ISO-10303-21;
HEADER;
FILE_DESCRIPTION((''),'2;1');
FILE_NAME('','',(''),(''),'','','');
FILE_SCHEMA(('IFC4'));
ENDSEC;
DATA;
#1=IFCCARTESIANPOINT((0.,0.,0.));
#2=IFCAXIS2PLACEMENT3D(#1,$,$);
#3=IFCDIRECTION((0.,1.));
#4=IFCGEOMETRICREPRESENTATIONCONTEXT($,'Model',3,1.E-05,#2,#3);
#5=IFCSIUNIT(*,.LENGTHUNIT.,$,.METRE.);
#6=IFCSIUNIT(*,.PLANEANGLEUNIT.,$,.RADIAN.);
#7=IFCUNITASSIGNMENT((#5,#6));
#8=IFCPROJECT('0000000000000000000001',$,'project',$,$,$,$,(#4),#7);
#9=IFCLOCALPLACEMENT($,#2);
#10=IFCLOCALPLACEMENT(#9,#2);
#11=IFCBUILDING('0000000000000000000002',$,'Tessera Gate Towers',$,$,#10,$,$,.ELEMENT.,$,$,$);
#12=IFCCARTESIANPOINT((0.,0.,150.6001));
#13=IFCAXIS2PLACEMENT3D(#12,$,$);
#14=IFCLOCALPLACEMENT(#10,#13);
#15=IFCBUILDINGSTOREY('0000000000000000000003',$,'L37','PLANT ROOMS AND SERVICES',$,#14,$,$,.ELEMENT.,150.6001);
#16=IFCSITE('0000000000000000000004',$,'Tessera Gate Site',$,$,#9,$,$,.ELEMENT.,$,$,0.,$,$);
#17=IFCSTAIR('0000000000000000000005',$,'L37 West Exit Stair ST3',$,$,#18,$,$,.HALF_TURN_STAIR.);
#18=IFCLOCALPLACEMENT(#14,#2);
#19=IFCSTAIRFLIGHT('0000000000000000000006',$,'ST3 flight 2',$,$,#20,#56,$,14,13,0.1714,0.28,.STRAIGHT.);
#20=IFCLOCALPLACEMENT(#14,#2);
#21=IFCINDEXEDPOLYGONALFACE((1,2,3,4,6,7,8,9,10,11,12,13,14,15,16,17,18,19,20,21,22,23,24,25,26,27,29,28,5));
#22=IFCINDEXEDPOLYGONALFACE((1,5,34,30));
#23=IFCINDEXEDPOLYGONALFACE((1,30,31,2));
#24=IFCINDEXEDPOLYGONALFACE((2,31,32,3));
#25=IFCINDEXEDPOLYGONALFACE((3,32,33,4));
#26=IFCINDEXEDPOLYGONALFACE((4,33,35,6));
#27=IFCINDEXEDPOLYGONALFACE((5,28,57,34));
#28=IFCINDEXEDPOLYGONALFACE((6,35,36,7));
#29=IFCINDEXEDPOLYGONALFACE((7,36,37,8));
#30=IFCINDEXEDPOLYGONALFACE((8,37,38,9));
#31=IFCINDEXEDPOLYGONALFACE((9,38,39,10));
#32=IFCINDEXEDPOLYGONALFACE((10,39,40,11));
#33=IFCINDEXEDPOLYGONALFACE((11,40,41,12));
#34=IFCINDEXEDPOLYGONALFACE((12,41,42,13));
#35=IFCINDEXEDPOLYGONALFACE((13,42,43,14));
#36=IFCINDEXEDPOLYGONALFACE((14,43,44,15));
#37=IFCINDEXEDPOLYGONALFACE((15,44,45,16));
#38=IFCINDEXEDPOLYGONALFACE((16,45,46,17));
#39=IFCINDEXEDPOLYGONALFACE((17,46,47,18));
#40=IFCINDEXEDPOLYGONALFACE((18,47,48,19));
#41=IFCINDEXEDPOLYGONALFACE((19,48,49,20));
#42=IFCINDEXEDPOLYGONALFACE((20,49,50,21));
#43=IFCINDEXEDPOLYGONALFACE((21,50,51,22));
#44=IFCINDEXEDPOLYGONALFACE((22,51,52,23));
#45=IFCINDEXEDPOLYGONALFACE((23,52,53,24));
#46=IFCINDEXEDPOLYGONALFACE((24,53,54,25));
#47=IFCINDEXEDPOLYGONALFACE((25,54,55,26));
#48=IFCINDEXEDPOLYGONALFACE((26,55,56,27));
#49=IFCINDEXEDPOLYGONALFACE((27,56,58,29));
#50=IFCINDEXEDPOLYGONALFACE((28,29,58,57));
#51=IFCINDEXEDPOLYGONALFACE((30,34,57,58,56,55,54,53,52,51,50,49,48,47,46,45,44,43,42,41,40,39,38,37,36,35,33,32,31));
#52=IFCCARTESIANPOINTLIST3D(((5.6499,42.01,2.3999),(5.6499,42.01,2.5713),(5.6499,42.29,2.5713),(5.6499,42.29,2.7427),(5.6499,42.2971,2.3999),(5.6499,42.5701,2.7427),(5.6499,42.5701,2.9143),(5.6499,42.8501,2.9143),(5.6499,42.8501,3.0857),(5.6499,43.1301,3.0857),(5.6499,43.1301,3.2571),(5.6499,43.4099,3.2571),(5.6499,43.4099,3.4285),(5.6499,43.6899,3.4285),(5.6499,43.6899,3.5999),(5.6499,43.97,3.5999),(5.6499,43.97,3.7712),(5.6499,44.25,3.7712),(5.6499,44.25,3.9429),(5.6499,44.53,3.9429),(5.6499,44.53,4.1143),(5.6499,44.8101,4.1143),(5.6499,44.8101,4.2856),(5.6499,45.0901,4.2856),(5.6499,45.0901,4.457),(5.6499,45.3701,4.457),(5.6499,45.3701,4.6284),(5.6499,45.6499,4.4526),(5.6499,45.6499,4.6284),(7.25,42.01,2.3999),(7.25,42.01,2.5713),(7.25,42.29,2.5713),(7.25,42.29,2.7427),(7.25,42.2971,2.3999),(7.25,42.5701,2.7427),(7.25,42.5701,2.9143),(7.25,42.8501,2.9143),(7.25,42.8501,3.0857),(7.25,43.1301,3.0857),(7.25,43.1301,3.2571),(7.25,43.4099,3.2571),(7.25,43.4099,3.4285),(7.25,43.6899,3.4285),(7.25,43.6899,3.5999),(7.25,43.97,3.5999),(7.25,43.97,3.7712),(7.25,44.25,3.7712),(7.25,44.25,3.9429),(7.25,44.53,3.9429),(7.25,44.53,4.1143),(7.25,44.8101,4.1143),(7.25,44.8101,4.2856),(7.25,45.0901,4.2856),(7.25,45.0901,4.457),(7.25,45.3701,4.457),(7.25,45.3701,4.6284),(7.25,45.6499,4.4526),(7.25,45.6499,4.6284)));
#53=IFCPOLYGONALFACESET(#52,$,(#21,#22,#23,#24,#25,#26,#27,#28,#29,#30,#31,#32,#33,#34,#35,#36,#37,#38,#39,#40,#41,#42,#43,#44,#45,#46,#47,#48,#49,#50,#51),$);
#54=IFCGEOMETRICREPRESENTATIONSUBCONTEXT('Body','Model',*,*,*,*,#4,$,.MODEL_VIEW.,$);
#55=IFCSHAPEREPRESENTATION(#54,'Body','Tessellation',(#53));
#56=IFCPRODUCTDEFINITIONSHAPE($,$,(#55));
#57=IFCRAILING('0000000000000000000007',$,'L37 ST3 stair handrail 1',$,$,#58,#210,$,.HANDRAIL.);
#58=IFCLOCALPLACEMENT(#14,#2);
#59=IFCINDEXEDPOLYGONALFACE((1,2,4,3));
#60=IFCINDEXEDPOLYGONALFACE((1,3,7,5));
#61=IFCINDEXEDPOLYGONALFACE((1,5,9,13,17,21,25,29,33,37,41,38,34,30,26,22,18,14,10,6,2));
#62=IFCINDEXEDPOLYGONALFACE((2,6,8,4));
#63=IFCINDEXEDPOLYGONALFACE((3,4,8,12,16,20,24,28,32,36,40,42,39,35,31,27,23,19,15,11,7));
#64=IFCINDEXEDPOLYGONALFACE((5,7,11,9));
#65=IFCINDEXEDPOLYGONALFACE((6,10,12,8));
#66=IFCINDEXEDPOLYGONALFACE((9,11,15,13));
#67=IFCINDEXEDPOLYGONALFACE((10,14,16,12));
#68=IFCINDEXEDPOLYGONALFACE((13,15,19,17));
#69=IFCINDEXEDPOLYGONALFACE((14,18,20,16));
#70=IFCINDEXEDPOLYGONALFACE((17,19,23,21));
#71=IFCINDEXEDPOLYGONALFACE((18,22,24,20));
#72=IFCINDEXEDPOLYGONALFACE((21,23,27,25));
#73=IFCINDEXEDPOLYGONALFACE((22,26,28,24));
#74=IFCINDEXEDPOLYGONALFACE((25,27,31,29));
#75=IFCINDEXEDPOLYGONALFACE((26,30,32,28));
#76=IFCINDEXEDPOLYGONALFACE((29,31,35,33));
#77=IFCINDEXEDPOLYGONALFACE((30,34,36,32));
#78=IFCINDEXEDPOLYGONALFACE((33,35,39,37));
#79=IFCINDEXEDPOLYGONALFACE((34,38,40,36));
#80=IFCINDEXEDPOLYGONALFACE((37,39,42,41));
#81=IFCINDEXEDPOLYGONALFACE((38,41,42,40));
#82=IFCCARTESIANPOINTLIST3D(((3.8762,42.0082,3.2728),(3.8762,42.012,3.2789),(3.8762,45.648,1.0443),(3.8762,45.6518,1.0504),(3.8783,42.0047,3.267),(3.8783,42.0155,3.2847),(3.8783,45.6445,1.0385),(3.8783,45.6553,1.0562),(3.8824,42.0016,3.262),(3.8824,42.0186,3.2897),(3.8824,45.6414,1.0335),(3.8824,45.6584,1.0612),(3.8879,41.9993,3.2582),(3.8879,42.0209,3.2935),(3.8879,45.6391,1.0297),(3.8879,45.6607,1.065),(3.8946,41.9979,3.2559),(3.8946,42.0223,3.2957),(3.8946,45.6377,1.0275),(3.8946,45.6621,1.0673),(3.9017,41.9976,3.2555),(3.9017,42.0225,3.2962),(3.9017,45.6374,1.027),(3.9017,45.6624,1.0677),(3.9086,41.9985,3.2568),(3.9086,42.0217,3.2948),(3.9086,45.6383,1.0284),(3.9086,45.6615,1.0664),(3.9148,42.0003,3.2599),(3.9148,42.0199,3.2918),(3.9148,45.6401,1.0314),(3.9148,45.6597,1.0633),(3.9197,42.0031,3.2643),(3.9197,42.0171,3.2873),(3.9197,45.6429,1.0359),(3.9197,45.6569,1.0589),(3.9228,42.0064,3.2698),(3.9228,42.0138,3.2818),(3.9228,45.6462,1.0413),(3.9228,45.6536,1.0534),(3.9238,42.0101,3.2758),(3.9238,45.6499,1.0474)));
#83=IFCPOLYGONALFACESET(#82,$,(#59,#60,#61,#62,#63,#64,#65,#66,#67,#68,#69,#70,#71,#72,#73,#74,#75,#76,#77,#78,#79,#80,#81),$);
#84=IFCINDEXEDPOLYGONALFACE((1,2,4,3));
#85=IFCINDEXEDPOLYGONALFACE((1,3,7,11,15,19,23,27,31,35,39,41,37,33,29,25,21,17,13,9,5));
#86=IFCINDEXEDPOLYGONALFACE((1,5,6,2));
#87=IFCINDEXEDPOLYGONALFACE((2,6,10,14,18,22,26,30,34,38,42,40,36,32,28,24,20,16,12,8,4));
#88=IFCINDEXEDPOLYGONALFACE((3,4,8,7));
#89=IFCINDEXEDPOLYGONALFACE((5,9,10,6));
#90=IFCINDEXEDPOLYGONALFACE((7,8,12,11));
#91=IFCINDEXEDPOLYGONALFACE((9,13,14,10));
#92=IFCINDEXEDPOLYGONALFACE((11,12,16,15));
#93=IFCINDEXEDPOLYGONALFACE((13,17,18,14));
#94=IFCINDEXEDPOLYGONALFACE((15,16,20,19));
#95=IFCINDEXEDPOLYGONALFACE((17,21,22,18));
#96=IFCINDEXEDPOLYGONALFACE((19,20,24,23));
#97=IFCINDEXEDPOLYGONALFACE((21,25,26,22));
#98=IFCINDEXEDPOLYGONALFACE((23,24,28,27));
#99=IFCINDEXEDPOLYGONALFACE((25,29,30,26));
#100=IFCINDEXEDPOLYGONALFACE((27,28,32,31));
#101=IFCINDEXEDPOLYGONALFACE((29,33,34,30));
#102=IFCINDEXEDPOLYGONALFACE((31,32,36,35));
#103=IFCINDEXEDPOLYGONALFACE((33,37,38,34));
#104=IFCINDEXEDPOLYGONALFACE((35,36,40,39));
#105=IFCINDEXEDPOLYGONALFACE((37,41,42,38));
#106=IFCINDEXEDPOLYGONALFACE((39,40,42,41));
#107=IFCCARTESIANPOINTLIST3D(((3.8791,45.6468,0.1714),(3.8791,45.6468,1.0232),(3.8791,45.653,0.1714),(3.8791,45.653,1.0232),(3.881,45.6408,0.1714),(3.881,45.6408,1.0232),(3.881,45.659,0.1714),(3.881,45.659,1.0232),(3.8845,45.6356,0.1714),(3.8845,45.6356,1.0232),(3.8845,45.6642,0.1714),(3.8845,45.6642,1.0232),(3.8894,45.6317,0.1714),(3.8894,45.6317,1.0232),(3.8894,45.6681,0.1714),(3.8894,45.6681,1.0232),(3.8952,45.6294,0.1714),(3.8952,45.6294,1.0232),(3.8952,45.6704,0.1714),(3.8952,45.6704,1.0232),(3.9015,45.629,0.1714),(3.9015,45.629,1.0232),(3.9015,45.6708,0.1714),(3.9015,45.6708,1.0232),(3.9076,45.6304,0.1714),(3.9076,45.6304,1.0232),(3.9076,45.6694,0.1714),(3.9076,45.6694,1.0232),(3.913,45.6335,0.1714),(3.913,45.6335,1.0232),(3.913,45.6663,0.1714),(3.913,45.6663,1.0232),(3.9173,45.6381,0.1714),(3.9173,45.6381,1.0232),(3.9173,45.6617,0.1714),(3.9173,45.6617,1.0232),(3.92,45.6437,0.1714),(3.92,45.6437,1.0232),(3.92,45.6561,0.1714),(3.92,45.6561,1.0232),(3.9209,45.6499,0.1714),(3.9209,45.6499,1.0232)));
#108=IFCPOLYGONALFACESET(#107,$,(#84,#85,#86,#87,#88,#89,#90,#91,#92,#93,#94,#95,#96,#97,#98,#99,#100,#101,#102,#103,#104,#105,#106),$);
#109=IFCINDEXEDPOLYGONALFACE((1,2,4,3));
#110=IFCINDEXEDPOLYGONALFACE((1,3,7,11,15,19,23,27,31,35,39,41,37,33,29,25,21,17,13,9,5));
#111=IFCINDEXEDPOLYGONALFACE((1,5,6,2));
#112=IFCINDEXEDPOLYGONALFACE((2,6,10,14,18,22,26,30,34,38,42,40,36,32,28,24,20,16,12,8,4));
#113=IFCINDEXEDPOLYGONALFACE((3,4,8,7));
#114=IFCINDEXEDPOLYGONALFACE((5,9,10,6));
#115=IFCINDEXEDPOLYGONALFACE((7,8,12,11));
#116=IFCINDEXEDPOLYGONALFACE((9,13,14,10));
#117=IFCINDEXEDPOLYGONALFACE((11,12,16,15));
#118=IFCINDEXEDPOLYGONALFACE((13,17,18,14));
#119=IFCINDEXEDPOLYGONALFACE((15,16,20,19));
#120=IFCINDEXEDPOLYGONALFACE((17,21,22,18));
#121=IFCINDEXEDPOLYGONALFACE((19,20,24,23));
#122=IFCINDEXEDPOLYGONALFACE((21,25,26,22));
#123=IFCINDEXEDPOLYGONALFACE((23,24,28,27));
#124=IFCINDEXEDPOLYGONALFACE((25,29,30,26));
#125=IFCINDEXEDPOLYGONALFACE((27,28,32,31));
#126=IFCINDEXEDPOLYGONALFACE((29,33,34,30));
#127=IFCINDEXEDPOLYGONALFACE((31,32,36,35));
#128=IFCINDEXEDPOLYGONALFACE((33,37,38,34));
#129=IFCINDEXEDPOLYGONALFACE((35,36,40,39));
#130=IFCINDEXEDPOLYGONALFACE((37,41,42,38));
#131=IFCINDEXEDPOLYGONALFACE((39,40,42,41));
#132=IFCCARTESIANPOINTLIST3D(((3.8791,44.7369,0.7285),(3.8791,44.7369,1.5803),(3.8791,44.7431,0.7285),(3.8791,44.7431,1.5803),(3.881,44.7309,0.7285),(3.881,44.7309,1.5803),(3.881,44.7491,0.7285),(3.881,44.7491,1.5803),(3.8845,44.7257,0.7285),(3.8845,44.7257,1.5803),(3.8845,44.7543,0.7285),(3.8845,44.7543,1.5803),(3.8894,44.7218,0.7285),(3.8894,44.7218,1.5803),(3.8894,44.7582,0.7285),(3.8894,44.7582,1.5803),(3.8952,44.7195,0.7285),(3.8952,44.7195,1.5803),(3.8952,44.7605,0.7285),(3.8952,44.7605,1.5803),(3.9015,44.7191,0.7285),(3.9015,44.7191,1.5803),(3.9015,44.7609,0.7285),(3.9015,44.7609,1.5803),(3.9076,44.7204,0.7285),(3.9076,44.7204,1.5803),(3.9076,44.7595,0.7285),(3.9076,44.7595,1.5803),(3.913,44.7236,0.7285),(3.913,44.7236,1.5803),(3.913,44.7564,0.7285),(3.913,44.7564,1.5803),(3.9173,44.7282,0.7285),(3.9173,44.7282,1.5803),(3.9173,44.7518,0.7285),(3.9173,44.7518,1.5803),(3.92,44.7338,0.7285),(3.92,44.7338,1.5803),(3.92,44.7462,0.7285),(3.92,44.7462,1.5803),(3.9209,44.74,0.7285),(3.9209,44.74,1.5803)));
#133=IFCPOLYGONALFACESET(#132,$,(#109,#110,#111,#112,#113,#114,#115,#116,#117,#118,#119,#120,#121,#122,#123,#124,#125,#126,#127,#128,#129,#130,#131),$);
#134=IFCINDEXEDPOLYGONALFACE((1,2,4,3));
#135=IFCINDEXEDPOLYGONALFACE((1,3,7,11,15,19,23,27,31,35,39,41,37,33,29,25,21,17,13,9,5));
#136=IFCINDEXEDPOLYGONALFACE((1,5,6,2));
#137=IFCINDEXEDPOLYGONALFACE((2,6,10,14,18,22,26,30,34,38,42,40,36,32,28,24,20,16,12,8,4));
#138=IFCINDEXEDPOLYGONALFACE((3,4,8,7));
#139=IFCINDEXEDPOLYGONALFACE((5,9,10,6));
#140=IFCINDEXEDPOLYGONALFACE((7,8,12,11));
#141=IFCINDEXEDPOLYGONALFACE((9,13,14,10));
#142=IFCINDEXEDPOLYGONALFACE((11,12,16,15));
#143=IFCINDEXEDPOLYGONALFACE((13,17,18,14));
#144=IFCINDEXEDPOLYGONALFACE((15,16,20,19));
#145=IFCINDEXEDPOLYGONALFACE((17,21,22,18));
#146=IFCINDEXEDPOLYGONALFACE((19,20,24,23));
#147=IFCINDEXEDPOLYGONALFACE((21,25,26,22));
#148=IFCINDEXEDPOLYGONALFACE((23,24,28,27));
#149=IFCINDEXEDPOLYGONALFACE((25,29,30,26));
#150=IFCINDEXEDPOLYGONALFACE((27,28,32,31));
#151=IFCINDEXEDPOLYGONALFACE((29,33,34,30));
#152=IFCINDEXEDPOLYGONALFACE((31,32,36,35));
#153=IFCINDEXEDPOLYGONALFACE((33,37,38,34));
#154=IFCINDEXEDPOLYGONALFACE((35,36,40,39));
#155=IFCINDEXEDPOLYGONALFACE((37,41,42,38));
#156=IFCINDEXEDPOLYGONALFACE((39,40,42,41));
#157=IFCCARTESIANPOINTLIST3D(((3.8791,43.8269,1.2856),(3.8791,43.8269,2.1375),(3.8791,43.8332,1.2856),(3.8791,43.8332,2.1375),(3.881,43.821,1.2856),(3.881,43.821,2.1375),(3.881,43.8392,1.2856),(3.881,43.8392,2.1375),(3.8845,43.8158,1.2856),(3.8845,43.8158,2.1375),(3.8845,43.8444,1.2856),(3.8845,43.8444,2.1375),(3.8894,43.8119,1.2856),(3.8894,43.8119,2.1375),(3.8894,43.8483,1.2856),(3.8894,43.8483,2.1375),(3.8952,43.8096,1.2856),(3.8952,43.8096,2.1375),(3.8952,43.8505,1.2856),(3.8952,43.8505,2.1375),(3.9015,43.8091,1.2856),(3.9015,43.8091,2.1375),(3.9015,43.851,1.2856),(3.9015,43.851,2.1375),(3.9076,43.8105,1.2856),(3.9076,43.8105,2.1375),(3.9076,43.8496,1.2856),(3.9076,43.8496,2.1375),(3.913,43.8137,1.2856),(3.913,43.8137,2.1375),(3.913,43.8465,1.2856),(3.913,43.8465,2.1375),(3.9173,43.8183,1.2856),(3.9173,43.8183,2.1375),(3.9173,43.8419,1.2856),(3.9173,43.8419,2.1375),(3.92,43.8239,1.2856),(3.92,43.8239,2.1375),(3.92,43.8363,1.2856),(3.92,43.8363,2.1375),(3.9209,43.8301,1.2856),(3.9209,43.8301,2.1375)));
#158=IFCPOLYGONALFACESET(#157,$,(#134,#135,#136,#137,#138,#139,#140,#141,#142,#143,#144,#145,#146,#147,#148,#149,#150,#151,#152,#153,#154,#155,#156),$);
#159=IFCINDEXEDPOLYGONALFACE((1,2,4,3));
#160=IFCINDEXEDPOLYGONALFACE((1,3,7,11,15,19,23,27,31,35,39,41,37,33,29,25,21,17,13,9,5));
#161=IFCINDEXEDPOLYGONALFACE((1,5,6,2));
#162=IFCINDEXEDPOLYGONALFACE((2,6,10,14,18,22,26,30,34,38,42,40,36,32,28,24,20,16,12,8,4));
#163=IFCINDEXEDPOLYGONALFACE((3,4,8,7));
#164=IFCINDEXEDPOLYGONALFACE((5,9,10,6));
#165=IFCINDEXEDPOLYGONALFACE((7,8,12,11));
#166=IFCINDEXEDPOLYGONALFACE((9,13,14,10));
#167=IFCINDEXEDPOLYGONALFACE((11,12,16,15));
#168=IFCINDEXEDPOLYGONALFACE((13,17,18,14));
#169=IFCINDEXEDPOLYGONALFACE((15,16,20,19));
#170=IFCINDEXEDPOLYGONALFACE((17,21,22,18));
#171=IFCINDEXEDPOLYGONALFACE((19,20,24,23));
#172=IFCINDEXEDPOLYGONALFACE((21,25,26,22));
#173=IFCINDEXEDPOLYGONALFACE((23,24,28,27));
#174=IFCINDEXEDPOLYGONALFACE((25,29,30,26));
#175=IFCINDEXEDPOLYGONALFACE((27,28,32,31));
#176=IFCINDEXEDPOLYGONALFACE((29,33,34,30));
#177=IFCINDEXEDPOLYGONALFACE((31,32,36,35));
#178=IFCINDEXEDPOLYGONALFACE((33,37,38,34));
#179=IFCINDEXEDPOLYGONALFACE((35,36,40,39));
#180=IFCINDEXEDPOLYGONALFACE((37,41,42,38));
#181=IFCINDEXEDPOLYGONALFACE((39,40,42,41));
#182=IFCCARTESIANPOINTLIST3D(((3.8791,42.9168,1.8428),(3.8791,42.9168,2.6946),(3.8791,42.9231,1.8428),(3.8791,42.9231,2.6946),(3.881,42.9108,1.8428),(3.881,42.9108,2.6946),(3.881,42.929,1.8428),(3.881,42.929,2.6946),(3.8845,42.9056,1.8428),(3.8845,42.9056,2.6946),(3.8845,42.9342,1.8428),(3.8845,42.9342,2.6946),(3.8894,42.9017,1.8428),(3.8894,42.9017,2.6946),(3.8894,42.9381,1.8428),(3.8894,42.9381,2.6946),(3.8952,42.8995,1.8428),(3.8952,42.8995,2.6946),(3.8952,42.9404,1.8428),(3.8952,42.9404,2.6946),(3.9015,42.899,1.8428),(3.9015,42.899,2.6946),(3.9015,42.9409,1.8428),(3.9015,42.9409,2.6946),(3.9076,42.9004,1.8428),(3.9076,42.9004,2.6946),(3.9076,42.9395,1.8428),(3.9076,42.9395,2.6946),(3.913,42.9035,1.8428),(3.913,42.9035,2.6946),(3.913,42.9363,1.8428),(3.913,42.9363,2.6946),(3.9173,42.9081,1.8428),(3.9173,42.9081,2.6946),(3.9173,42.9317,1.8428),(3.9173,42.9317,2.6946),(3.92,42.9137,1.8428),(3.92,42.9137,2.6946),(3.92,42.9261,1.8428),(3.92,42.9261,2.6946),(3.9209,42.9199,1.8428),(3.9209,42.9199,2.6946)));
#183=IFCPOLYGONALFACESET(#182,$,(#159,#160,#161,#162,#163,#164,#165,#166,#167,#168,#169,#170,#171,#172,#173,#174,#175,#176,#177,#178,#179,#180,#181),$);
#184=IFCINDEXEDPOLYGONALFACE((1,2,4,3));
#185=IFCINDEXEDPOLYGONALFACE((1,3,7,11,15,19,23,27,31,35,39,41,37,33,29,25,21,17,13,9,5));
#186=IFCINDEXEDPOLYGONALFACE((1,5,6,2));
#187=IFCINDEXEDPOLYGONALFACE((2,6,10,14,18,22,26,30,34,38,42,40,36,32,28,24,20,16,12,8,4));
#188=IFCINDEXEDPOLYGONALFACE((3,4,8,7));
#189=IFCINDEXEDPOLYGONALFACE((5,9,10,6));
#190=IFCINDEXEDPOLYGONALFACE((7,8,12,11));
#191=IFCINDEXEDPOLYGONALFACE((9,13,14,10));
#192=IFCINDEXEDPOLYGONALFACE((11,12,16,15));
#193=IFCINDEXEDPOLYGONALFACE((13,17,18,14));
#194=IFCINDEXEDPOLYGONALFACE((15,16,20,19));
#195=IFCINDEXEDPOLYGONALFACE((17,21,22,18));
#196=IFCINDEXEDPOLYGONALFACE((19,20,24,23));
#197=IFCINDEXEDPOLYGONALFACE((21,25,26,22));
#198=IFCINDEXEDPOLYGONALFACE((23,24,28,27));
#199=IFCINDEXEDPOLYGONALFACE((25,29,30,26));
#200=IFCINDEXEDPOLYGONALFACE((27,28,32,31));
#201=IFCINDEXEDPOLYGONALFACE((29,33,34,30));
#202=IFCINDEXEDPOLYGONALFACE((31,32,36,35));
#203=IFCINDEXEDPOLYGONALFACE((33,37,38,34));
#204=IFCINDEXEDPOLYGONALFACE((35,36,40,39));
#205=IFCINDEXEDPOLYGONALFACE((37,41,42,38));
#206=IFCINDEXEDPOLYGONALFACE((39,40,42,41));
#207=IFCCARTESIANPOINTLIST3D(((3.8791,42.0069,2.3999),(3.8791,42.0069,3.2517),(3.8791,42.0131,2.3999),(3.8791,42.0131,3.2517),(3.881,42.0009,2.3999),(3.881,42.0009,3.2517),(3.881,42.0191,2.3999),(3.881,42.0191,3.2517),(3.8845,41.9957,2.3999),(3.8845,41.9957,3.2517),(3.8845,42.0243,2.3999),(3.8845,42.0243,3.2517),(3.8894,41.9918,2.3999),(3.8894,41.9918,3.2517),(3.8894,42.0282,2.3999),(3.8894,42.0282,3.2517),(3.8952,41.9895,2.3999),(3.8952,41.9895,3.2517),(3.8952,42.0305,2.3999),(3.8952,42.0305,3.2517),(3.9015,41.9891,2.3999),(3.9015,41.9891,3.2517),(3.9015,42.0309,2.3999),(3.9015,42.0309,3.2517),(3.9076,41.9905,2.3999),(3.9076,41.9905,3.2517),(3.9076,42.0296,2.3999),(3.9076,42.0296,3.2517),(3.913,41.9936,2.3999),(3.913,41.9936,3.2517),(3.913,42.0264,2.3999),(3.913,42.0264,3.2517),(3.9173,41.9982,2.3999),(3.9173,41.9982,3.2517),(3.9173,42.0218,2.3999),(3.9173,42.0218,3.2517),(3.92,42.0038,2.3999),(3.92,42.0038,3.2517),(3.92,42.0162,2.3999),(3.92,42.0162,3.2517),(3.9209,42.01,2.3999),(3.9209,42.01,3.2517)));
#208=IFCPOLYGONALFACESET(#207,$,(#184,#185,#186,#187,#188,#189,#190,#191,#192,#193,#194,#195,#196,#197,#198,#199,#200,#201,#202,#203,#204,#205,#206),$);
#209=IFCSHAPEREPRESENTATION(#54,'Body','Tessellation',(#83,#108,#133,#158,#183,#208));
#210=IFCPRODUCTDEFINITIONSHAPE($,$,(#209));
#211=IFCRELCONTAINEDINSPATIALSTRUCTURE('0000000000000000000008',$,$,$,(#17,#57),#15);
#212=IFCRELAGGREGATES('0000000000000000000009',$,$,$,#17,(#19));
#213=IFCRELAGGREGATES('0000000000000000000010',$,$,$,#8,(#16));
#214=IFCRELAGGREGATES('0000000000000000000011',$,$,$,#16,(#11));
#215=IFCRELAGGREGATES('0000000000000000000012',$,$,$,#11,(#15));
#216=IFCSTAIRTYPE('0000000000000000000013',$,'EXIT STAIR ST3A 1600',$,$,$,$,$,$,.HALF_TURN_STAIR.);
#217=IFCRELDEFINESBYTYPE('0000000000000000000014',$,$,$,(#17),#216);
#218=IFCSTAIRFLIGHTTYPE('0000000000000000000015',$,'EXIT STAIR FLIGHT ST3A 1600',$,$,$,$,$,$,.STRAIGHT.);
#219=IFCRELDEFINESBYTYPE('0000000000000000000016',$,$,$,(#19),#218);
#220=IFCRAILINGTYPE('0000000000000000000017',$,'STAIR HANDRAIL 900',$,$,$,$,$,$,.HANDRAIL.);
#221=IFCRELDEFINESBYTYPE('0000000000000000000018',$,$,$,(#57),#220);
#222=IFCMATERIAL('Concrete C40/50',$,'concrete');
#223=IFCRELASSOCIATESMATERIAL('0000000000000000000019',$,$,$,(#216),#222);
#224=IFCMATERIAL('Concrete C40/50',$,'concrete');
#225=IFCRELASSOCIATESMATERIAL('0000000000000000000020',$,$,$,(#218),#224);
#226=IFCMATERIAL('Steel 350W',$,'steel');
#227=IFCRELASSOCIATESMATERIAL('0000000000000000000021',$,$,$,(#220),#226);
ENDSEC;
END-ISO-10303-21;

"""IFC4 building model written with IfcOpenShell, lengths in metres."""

from ifc_helpers import new_model, si_unit, direction, frame, origin, origin_2d, place, context, subcontext, project, spatial, polyline, circle, outline, extrude, material, type_object, element, aggregate, save


model = new_model("IFC4")

# Units and contexts
model_context = context("Model", 3, precision=1e-05, world=origin(), true_north=direction((0.0, 1.0)))
body_context = subcontext(model_context, "Body", "Model", "MODEL_VIEW")
ifc_project = project(units=[si_unit("LENGTHUNIT", "METRE"), si_unit("PLANEANGLEUNIT", "RADIAN")], contexts=[model_context])

# Site, building, storey
site_placement = place(None, origin())
site = spatial("IfcSite", under=ifc_project, at=site_placement, Name="Tessera Gate Site", CompositionType="ELEMENT", RefElevation=0.0)
building_placement = place(site_placement, origin())
building = spatial("IfcBuilding", under=site, at=building_placement, Name="Tessera Gate Towers", CompositionType="ELEMENT")
storey_placement = place(building_placement, frame((0.0, 0.0, 150.6001)))
storey = spatial("IfcBuildingStorey", under=building, at=storey_placement, Name="L37", Description="PLANT ROOMS AND SERVICES", CompositionType="ELEMENT", Elevation=150.6001)

# Stair, stair flight
ifc_material_1 = material(Name="Concrete C40/50", Category="concrete")
stair_type = type_object("IfcStairType", Name="EXIT STAIR ST3A 1600", PredefinedType="HALF_TURN_STAIR", material=ifc_material_1)
stair_placement = place(storey_placement, origin())
stair = element("IfcStair", 1, at=stair_placement, inside=storey, type_object=stair_type, Name="L37 West Exit Stair ST3", PredefinedType="HALF_TURN_STAIR")
ifc_material_2 = material(Name="Concrete C40/50", Category="concrete")
stair_flight_type = type_object("IfcStairFlightType", Name="EXIT STAIR FLIGHT ST3A 1600", PredefinedType="STRAIGHT", material=ifc_material_2)
stair_flight_1_placement = place(storey_placement, frame((6.45, 42.01, 2.3999), z_axis=(0.0, 0.0, 1.0), x_axis=(0.0, 1.0, 0.0)))
stair_flight_1 = element("IfcStairFlight", 2, at=stair_flight_1_placement, type_object=stair_flight_type, Name="ST3 flight 2", NumberOfRisers=14, NumberOfTreads=13, PredefinedType="STRAIGHT", RiserHeight=0.1714, TreadLength=0.28, context=body_context, shape_type="SweptSolid", body=[
    extrude(outline(polyline([(0.0, 0.0), (0.0, 0.1714), (0.28, 0.1714), (0.28, 0.3428), (0.5601, 0.3428), (0.5601, 0.5144), (0.8401, 0.5144), (0.8401, 0.6858), (1.1201, 0.6858), (1.1201, 0.8572), (1.3999, 0.8572), (1.3999, 1.0286), (1.6799, 1.0286), (1.6799, 1.2), (1.96, 1.2), (1.96, 1.3713), (2.24, 1.3713), (2.24, 1.543), (2.52, 1.543), (2.52, 1.7144), (2.8, 1.7144), (2.8, 1.8857), (3.0801, 1.8857), (3.0801, 2.0571), (3.3601, 2.0571), (3.3601, 2.2285), (3.6399, 2.2285), (3.6399, 2.3999), (3.6399, 2.0527), (0.2871, 0.0), (0.0, 0.0)])), frame((0.0, 0.8, 0.0), z_axis=(0.0, -1.0, 0.0), x_axis=(1.0, 0.0, 0.0)), (0.0, 0.0, 1.0), 1.6001),
])
aggregate(stair, [stair_flight_1])

# Railing
ifc_material_3 = material(Name="Steel 350W", Category="steel")
railing_type_1 = type_object("IfcRailingType", Name="STAIR HANDRAIL 900", PredefinedType="HANDRAIL", material=ifc_material_3)
railing_1_placement = place(storey_placement, frame((3.8999, 45.6499, 0.1714)))
element("IfcRailing", 3, at=railing_1_placement, inside=storey, type_object=railing_type_1, Name="L37 ST3 stair handrail 1", PredefinedType="HANDRAIL", context=body_context, shape_type="SweptSolid", body=[
    extrude(circle(Radius=0.0239, at=origin_2d()), frame((0.0, 0.0, 0.876), z_axis=(0.0, -0.85285, 0.522156), x_axis=(1.0, 0.0, 0.0)), (0.0, 0.0, 1.0), 4.2678),
    extrude(circle(Radius=0.021, at=origin_2d()), origin(), (0.0, 0.0, 1.0), 0.8518),
    extrude(circle(Radius=0.021, at=origin_2d()), frame((0.0, -0.9099, 0.5571)), (0.0, 0.0, 1.0), 0.8518),
    extrude(circle(Radius=0.021, at=origin_2d()), frame((0.0, -1.8198, 1.1143)), (0.0, 0.0, 1.0), 0.8518),
    extrude(circle(Radius=0.021, at=origin_2d()), frame((0.0, -2.73, 1.6714)), (0.0, 0.0, 1.0), 0.8518),
    extrude(circle(Radius=0.021, at=origin_2d()), frame((0.0, -3.6399, 2.2285)), (0.0, 0.0, 1.0), 0.8518),
])

save(model, "model.ifc")
